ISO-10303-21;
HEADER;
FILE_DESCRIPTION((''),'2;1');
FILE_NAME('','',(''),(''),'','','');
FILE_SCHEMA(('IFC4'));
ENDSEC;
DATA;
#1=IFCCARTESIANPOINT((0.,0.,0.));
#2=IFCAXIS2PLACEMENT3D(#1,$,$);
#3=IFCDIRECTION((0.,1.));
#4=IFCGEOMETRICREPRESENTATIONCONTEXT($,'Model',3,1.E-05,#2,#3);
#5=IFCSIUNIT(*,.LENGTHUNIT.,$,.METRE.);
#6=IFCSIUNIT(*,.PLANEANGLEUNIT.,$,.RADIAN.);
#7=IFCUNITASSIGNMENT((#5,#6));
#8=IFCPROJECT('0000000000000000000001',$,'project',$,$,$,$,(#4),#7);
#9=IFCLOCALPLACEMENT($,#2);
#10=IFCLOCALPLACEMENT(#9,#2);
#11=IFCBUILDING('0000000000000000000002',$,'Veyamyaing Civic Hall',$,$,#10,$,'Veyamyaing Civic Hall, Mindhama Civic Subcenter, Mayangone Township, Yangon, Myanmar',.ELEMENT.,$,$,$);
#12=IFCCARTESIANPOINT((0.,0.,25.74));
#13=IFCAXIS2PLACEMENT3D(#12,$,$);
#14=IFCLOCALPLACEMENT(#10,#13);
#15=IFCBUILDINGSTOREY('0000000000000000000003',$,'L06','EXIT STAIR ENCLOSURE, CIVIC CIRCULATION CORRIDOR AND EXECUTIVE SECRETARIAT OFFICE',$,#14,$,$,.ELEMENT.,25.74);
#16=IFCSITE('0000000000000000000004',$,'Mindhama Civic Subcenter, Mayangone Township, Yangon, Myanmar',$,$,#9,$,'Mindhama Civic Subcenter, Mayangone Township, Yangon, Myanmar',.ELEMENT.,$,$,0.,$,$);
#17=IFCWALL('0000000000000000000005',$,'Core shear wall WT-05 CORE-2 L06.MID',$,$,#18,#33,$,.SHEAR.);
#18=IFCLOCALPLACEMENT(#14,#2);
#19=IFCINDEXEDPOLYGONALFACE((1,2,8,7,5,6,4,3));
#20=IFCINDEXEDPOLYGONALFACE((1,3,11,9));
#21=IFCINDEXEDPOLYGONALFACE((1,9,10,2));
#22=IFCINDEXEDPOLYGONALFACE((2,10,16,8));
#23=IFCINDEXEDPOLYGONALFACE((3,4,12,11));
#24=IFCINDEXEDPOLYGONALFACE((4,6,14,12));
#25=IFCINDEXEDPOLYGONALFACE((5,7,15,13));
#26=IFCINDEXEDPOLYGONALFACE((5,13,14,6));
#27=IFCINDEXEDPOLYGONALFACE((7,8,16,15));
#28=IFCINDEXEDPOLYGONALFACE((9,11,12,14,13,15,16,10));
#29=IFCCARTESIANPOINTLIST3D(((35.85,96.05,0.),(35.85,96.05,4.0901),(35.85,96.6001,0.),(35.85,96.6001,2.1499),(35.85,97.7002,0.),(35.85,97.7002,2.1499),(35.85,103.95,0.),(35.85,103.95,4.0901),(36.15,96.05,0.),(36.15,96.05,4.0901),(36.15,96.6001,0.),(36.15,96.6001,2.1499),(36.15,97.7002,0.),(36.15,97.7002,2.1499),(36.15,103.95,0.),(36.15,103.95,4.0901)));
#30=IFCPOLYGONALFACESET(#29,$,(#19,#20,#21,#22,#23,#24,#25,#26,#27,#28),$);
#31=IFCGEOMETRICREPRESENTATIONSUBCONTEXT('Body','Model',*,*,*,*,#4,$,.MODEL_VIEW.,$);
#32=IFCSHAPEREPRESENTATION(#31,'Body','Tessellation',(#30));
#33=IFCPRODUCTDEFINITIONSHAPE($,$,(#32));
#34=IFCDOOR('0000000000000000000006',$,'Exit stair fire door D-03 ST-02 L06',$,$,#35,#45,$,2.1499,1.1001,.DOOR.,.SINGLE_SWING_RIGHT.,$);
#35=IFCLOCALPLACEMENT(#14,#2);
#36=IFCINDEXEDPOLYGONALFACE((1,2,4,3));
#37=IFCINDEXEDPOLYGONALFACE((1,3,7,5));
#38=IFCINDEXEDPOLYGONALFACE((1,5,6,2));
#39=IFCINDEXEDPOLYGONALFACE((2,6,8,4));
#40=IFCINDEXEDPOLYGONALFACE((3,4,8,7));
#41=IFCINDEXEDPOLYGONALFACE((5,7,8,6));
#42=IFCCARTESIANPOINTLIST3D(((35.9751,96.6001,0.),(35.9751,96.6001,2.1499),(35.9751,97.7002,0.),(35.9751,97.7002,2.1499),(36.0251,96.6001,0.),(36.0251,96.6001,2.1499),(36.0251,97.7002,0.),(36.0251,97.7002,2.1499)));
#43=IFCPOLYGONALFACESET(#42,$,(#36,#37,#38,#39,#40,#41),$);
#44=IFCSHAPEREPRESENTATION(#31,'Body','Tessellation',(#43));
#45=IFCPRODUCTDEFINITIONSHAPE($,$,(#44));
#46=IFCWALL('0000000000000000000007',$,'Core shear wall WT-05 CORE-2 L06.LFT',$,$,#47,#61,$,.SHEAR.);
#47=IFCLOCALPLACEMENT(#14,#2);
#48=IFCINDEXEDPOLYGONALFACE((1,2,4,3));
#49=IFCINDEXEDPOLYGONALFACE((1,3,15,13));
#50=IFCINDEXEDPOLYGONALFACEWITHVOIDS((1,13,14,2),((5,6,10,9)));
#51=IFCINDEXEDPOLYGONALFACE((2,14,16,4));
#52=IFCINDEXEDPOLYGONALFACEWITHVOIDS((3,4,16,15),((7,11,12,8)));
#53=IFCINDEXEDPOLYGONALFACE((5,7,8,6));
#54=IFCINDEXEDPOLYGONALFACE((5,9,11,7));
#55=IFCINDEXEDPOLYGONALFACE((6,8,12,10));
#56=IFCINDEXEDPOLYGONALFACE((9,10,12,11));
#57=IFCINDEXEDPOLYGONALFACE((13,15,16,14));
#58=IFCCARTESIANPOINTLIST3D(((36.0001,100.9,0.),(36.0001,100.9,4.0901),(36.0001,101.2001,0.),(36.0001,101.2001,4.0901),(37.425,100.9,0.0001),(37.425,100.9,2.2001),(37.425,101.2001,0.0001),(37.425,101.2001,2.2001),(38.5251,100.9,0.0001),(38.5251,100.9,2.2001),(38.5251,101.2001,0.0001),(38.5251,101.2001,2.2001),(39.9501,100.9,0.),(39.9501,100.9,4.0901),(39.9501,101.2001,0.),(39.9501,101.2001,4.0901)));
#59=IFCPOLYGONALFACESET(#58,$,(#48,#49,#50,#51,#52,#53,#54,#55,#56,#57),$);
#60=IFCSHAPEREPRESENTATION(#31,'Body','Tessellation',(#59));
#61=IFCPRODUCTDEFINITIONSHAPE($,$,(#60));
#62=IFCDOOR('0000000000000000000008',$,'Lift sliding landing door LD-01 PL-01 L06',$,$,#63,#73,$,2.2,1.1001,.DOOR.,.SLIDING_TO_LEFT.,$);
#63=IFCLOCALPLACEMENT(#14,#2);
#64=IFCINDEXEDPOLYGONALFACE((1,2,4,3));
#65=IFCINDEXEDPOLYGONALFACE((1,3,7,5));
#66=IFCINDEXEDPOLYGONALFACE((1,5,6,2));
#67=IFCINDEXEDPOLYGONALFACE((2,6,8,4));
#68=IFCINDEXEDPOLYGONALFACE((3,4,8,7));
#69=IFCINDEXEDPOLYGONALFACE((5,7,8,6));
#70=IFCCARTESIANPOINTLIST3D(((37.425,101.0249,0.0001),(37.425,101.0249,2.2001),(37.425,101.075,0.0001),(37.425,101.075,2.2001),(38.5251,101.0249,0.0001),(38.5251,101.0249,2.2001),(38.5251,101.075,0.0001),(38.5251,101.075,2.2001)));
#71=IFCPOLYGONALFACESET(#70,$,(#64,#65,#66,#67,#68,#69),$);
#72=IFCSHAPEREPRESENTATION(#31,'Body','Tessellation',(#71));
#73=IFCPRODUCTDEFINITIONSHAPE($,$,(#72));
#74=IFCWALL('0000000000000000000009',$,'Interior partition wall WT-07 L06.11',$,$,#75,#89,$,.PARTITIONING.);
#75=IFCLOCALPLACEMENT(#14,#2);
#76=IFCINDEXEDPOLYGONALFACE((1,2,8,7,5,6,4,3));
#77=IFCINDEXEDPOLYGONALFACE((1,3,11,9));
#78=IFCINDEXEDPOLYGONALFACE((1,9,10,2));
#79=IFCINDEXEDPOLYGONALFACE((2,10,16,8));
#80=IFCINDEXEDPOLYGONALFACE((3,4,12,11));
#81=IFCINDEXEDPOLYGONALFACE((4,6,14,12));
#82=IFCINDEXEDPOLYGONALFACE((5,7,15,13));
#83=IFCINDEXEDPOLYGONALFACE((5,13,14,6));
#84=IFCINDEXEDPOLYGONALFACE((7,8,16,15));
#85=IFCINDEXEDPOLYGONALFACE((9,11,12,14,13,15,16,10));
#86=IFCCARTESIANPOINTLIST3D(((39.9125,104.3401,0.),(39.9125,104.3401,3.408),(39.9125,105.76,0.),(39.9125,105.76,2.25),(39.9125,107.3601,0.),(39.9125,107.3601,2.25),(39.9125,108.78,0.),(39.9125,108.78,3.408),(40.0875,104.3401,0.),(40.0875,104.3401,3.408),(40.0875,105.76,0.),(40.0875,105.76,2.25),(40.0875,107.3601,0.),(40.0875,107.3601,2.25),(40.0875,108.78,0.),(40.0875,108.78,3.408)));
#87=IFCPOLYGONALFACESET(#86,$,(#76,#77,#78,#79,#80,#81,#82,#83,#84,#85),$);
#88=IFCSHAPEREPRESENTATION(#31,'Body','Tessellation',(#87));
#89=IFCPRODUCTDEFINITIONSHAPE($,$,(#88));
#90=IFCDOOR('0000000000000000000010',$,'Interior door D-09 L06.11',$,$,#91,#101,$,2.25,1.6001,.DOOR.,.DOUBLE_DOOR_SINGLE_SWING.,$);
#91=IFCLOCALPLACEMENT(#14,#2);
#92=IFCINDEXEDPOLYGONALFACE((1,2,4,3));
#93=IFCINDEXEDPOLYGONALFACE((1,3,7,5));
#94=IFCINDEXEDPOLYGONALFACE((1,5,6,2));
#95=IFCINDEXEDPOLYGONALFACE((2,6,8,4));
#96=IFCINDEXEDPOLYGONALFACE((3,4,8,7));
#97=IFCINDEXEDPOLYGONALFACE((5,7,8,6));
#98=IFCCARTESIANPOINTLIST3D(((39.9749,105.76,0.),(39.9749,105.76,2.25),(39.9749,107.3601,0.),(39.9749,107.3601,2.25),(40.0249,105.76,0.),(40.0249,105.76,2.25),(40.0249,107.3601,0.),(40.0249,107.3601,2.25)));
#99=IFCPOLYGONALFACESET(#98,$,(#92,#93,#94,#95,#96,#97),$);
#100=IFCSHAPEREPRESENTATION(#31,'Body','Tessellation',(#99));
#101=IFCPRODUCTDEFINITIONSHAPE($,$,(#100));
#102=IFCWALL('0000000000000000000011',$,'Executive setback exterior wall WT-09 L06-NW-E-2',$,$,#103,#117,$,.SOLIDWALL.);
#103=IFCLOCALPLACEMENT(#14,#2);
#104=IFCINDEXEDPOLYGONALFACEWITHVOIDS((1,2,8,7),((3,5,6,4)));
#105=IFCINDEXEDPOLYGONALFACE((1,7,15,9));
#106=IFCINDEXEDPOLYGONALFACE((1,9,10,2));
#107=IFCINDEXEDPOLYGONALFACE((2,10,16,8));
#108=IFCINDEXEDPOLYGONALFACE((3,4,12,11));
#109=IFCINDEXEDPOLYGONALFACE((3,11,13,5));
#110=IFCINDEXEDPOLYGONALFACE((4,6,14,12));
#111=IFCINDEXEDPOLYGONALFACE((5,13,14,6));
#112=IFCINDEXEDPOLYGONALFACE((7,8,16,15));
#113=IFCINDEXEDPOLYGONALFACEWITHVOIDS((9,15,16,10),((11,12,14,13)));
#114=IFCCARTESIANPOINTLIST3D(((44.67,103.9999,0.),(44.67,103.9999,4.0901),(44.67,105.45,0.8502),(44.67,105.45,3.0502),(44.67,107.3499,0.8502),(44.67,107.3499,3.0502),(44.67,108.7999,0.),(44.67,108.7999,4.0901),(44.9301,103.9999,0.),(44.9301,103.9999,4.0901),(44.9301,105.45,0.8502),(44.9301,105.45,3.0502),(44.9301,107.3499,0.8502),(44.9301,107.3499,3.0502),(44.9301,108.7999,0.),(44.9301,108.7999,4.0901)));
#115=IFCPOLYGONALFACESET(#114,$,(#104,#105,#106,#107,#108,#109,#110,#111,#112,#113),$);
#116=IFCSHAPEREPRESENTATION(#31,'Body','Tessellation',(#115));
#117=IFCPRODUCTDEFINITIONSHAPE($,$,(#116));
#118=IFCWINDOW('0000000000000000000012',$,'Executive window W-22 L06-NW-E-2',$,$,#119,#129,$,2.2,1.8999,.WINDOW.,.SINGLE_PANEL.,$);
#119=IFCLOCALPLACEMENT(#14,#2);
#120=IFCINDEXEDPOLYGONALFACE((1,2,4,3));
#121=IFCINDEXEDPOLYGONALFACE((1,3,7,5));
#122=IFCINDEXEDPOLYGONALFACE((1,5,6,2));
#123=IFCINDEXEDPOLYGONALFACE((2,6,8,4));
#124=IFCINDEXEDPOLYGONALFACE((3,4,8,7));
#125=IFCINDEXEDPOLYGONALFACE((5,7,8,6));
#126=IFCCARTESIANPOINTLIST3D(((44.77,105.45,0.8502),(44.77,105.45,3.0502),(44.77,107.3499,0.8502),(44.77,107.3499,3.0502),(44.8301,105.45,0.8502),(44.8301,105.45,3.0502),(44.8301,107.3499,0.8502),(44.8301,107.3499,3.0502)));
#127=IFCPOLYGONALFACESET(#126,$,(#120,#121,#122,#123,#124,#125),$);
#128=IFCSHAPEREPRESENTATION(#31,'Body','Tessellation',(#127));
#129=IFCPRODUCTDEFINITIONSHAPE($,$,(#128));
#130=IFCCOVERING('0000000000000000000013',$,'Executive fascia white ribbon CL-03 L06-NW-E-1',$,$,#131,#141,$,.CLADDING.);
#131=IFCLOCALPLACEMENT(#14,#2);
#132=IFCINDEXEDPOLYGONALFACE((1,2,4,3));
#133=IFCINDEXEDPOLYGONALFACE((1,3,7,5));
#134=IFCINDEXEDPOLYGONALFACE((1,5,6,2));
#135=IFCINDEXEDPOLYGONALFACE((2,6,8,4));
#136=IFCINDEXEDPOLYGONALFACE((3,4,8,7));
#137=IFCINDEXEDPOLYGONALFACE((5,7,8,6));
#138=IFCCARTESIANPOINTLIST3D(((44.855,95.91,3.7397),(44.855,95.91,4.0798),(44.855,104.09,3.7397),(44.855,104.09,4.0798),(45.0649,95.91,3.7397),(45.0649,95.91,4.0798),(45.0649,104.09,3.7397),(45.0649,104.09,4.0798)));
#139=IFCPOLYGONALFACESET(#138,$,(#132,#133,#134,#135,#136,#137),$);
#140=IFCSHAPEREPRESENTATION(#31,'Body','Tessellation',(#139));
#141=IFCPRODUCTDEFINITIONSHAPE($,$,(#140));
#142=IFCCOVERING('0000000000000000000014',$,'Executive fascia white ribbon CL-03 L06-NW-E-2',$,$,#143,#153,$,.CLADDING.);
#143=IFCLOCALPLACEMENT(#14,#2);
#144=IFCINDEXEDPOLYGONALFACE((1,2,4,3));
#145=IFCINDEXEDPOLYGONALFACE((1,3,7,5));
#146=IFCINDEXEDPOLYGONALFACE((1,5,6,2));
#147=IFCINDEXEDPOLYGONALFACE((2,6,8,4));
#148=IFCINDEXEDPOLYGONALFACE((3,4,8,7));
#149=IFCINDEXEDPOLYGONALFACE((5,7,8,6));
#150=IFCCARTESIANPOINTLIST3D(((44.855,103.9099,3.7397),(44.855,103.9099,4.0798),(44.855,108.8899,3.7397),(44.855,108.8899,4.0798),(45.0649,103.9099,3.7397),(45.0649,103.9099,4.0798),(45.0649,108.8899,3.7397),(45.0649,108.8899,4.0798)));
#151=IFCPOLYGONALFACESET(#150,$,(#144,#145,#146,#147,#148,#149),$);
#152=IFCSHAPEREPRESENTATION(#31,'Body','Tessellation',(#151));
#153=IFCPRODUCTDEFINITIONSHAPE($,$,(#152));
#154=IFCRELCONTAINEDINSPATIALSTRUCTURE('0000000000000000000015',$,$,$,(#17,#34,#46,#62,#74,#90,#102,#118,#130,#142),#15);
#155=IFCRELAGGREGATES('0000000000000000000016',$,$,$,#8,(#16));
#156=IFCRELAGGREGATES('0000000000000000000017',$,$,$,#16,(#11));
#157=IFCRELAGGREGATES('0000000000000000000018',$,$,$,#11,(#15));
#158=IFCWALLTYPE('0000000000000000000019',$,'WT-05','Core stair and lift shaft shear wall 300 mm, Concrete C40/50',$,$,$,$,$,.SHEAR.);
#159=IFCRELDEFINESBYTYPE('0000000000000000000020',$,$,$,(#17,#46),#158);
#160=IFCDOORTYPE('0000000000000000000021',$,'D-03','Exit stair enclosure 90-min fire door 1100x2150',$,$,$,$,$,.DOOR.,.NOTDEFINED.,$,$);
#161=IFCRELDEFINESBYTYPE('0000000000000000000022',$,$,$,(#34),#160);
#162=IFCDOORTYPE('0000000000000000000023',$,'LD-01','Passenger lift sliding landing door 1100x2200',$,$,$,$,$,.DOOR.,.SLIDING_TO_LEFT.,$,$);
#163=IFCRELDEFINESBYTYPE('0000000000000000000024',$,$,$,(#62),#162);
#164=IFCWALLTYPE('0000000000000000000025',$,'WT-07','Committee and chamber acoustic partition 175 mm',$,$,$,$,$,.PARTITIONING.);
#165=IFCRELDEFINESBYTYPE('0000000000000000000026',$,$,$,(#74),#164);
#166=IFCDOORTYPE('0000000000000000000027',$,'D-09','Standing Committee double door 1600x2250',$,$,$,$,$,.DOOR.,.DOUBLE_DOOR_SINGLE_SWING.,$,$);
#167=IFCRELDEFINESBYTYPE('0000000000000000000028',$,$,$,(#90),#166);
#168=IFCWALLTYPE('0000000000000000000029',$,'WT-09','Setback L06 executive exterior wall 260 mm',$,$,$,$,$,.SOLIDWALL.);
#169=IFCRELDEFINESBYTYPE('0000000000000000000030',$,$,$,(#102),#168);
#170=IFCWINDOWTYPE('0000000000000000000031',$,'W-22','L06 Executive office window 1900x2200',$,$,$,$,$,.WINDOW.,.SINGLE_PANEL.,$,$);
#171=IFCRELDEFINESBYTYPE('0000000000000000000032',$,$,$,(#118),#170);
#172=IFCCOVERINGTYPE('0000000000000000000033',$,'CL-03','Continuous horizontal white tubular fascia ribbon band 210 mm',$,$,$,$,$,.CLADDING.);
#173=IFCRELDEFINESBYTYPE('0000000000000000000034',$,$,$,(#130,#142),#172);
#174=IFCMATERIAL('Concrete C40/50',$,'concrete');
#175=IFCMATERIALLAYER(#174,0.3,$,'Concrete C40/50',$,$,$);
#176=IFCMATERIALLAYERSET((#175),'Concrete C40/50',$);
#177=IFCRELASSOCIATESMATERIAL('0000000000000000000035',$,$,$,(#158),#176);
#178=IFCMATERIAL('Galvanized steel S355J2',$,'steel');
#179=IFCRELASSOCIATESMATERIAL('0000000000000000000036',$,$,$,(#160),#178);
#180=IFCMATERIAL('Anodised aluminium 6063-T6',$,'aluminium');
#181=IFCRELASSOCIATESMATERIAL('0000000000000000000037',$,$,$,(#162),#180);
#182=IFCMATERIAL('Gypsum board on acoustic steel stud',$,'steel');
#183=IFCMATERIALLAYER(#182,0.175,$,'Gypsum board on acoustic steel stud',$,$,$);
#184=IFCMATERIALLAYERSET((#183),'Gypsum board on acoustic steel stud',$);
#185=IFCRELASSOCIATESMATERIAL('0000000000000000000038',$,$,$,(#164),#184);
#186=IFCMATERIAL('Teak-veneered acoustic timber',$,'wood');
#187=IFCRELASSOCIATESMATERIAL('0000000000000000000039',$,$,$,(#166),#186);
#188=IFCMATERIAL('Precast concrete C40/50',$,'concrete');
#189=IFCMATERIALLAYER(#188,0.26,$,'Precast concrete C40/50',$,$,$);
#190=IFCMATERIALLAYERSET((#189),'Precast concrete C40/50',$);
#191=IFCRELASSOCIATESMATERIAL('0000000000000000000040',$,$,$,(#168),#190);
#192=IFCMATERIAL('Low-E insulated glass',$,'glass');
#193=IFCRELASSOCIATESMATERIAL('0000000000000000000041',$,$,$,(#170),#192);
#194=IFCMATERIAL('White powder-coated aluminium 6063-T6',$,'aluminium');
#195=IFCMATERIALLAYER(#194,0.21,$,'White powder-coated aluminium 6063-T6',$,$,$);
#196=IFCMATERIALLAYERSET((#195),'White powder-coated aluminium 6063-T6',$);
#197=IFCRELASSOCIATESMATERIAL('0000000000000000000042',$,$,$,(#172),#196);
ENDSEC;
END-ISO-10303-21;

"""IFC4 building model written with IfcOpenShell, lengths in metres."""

from ifc_helpers import new_model, si_unit, direction, frame, frame_2d, origin, origin_2d, place, context, subcontext, project, spatial, rectangle, extrude, material, layer, layer_set, type_object, element, fill, save


model = new_model("IFC4")

# Units and contexts
model_context = context("Model", 3, precision=1e-05, world=origin(), true_north=direction((0.0, 1.0)))
body_context = subcontext(model_context, "Body", "Model", "MODEL_VIEW")
ifc_project = project(units=[si_unit("LENGTHUNIT", "METRE"), si_unit("PLANEANGLEUNIT", "RADIAN")], contexts=[model_context])

# Site, building, storey
site_placement = place(None, origin())
site = spatial("IfcSite", under=ifc_project, at=site_placement, Name="Mindhama Civic Subcenter, Mayangone Township, Yangon, Myanmar", LongName="Mindhama Civic Subcenter, Mayangone Township, Yangon, Myanmar", CompositionType="ELEMENT", RefElevation=0.0)
building_placement = place(site_placement, origin())
building = spatial("IfcBuilding", under=site, at=building_placement, Name="Veyamyaing Civic Hall", LongName="Veyamyaing Civic Hall, Mindhama Civic Subcenter, Mayangone Township, Yangon, Myanmar", CompositionType="ELEMENT")
storey_placement = place(building_placement, frame((0.0, 0.0, 25.74)))
storey = spatial("IfcBuildingStorey", under=building, at=storey_placement, Name="L06", Description="EXIT STAIR ENCLOSURE, CIVIC CIRCULATION CORRIDOR AND EXECUTIVE SECRETARIAT OFFICE", CompositionType="ELEMENT", Elevation=25.74)

# Shared definitions
ifc_material_1 = material(Name="Anodised aluminium 6063-T6", Category="aluminium")

# Shared definitions
ifc_material_2 = material(Name="Low-E insulated glass", Category="glass")

# Shared definitions
ifc_material_3 = material(Name="Concrete C40/50", Category="concrete")
ifc_layer_1 = layer(ifc_material_3, 0.3, Name="Concrete C40/50")
ifc_layer_set_1 = layer_set([ifc_layer_1], Name="Concrete C40/50")
wall_type_1 = type_object("IfcWallType", Name="WT-05", Description="Core stair and lift shaft shear wall 300 mm, Concrete C40/50", PredefinedType="SHEAR", material=ifc_layer_set_1)

# Walls, openings, doors
wall_1_placement = place(storey_placement, frame((36.0, 96.05, 0.0), z_axis=(0.0, 0.0, 1.0), x_axis=(0.0, 1.0, 0.0)))
wall_1 = element("IfcWall", 1, at=wall_1_placement, inside=storey, type_object=wall_type_1, Name="Core shear wall WT-05 CORE-2 L06.MID", PredefinedType="SHEAR", context=body_context, shape_type="SweptSolid", body=[
    extrude(rectangle(XDim=7.8999, YDim=0.3, at=frame_2d((3.95, 0.0))), origin(), (0.0, 0.0, 1.0), 4.0901),
])
opening_1_placement = place(wall_1_placement, frame((0.55, 0.0, 0.0)))
opening_1 = element("IfcOpeningElement", 2, at=opening_1_placement, cuts=wall_1, PredefinedType="OPENING", context=body_context, shape_type="SweptSolid", body=[
    extrude(rectangle(XDim=1.1001, YDim=2.1499, at=frame_2d((0.55, 1.075))), frame((0.0, 0.1599, 0.0), z_axis=(0.0, -1.0, 0.0), x_axis=(1.0, 0.0, 0.0)), (0.0, 0.0, 1.0), 0.3201),
])
ifc_material_4 = material(Name="Galvanized steel S355J2", Category="steel")
door_type_1 = type_object("IfcDoorType", Name="D-03", Description="Exit stair enclosure 90-min fire door 1100x2150", OperationType="NOTDEFINED", PredefinedType="DOOR", material=ifc_material_4)
door_1_placement = place(opening_1_placement, origin())
door_1 = element("IfcDoor", 3, at=door_1_placement, inside=storey, type_object=door_type_1, Name="Exit stair fire door D-03 ST-02 L06", OperationType="SINGLE_SWING_RIGHT", OverallHeight=2.1499, OverallWidth=1.1001, PredefinedType="DOOR", context=body_context, shape_type="SweptSolid", body=[
    extrude(rectangle(XDim=1.1001, YDim=2.1499, at=frame_2d((0.55, 1.075))), frame((0.0, 0.0249, 0.0), z_axis=(0.0, -1.0, 0.0), x_axis=(1.0, 0.0, 0.0)), (0.0, 0.0, 1.0), 0.05),
])
fill(opening_1, door_1)
wall_2_placement = place(storey_placement, frame((36.0, 101.05, 0.0), z_axis=(0.0, 0.0, 1.0), x_axis=(1.0, 0.0, 0.0)))
wall_2 = element("IfcWall", 4, at=wall_2_placement, inside=storey, type_object=wall_type_1, Name="Core shear wall WT-05 CORE-2 L06.LFT", PredefinedType="SHEAR", context=body_context, shape_type="SweptSolid", body=[
    extrude(rectangle(XDim=3.95, YDim=0.3, at=frame_2d((1.9751, 0.0))), origin(), (0.0, 0.0, 1.0), 4.0901),
])
opening_2_placement = place(wall_2_placement, frame((1.425, 0.0, 0.0)))
opening_2 = element("IfcOpeningElement", 5, at=opening_2_placement, cuts=wall_2, PredefinedType="OPENING", context=body_context, shape_type="SweptSolid", body=[
    extrude(rectangle(XDim=1.1001, YDim=2.2, at=frame_2d((0.55, 1.1001))), frame((0.0, 0.1599, 0.0), z_axis=(0.0, -1.0, 0.0), x_axis=(1.0, 0.0, 0.0)), (0.0, 0.0, 1.0), 0.3201),
])
door_type_2 = type_object("IfcDoorType", Name="LD-01", Description="Passenger lift sliding landing door 1100x2200", OperationType="SLIDING_TO_LEFT", PredefinedType="DOOR", material=ifc_material_1)
door_2_placement = place(opening_2_placement, origin())
door_2 = element("IfcDoor", 6, at=door_2_placement, inside=storey, type_object=door_type_2, Name="Lift sliding landing door LD-01 PL-01 L06", OperationType="SLIDING_TO_LEFT", OverallHeight=2.2, OverallWidth=1.1001, PredefinedType="DOOR", context=body_context, shape_type="SweptSolid", body=[
    extrude(rectangle(XDim=1.1001, YDim=2.2, at=frame_2d((0.55, 1.1001))), frame((0.0, 0.0249, 0.0), z_axis=(0.0, -1.0, 0.0), x_axis=(1.0, 0.0, 0.0)), (0.0, 0.0, 1.0), 0.05),
])
fill(opening_2, door_2)
ifc_material_5 = material(Name="Gypsum board on acoustic steel stud", Category="steel")
ifc_layer_2 = layer(ifc_material_5, 0.175, Name="Gypsum board on acoustic steel stud")
ifc_layer_set_2 = layer_set([ifc_layer_2], Name="Gypsum board on acoustic steel stud")
wall_type_2 = type_object("IfcWallType", Name="WT-07", Description="Committee and chamber acoustic partition 175 mm", PredefinedType="PARTITIONING", material=ifc_layer_set_2)
wall_3_placement = place(storey_placement, frame((40.0, 104.3401, 0.0), z_axis=(0.0, 0.0, 1.0), x_axis=(0.0, 1.0, 0.0)))
wall_3 = element("IfcWall", 7, at=wall_3_placement, inside=storey, type_object=wall_type_2, Name="Interior partition wall WT-07 L06.11", PredefinedType="PARTITIONING", context=body_context, shape_type="SweptSolid", body=[
    extrude(rectangle(XDim=4.4399, YDim=0.175, at=frame_2d((2.22, 0.0))), origin(), (0.0, 0.0, 1.0), 3.408),
])
opening_3_placement = place(wall_3_placement, frame((1.4199, 0.0, 0.0)))
opening_3 = element("IfcOpeningElement", 8, at=opening_3_placement, cuts=wall_3, PredefinedType="OPENING", context=body_context, shape_type="SweptSolid", body=[
    extrude(rectangle(XDim=1.6001, YDim=2.25, at=frame_2d((0.8, 1.125))), frame((0.0, 0.0974, 0.0), z_axis=(0.0, -1.0, 0.0), x_axis=(1.0, 0.0, 0.0)), (0.0, 0.0, 1.0), 0.1951),
])
ifc_material_6 = material(Name="Teak-veneered acoustic timber", Category="wood")
door_type_3 = type_object("IfcDoorType", Name="D-09", Description="Standing Committee double door 1600x2250", OperationType="DOUBLE_DOOR_SINGLE_SWING", PredefinedType="DOOR", material=ifc_material_6)
door_3_placement = place(opening_3_placement, frame((1.6001, 0.0, 0.0), z_axis=(0.0, 0.0, 1.0), x_axis=(-1.0, 0.0, 0.0)))
door_3 = element("IfcDoor", 9, at=door_3_placement, inside=storey, type_object=door_type_3, Name="Interior door D-09 L06.11", OperationType="DOUBLE_DOOR_SINGLE_SWING", OverallHeight=2.25, OverallWidth=1.6001, PredefinedType="DOOR", context=body_context, shape_type="SweptSolid", body=[
    extrude(rectangle(XDim=1.6001, YDim=2.25, at=frame_2d((0.8, 1.125))), frame((0.0, 0.0249, 0.0), z_axis=(0.0, -1.0, 0.0), x_axis=(1.0, 0.0, 0.0)), (0.0, 0.0, 1.0), 0.05),
])
fill(opening_3, door_3)

# Wall, opening, window
ifc_material_7 = material(Name="Precast concrete C40/50", Category="concrete")
ifc_layer_3 = layer(ifc_material_7, 0.26, Name="Precast concrete C40/50")
ifc_layer_set_3 = layer_set([ifc_layer_3], Name="Precast concrete C40/50")
wall_type_3 = type_object("IfcWallType", Name="WT-09", Description="Setback L06 executive exterior wall 260 mm", PredefinedType="SOLIDWALL", material=ifc_layer_set_3)
wall_4_placement = place(storey_placement, frame((44.8, 104.0, 0.0), z_axis=(0.0, 0.0, 1.0), x_axis=(0.0, 1.0, 0.0)))
wall_4 = element("IfcWall", 10, at=wall_4_placement, inside=storey, type_object=wall_type_3, Name="Executive setback exterior wall WT-09 L06-NW-E-2", PredefinedType="SOLIDWALL", context=body_context, shape_type="SweptSolid", body=[
    extrude(rectangle(XDim=4.8, YDim=0.26, at=frame_2d((2.3999, 0.0))), origin(), (0.0, 0.0, 1.0), 4.0901),
])
opening_4_placement = place(wall_4_placement, frame((1.45, 0.0, 0.8501)))
opening_4 = element("IfcOpeningElement", 11, at=opening_4_placement, cuts=wall_4, PredefinedType="OPENING", context=body_context, shape_type="SweptSolid", body=[
    extrude(rectangle(XDim=1.8999, YDim=2.2, at=frame_2d((0.95, 1.1001))), frame((0.0, 0.1399, 0.0), z_axis=(0.0, -1.0, 0.0), x_axis=(1.0, 0.0, 0.0)), (0.0, 0.0, 1.0), 0.28),
])
window_type = type_object("IfcWindowType", Name="W-22", Description="L06 Executive office window 1900x2200", PartitioningType="SINGLE_PANEL", PredefinedType="WINDOW", material=ifc_material_2)
window_placement = place(opening_4_placement, origin())
window = element("IfcWindow", 12, at=window_placement, inside=storey, type_object=window_type, Name="Executive window W-22 L06-NW-E-2", OverallHeight=2.2, OverallWidth=1.8999, PartitioningType="SINGLE_PANEL", PredefinedType="WINDOW", context=body_context, shape_type="SweptSolid", body=[
    extrude(rectangle(XDim=1.8999, YDim=2.2, at=frame_2d((0.95, 1.1001))), frame((0.0, 0.03, 0.0), z_axis=(0.0, -1.0, 0.0), x_axis=(1.0, 0.0, 0.0)), (0.0, 0.0, 1.0), 0.0601),
])
fill(opening_4, window)

# Coverings
ifc_material_8 = material(Name="White powder-coated aluminium 6063-T6", Category="aluminium")
ifc_layer_4 = layer(ifc_material_8, 0.21, Name="White powder-coated aluminium 6063-T6")
ifc_layer_set_4 = layer_set([ifc_layer_4], Name="White powder-coated aluminium 6063-T6")
covering_type = type_object("IfcCoveringType", Name="CL-03", Description="Continuous horizontal white tubular fascia ribbon band 210 mm", PredefinedType="CLADDING", material=ifc_layer_set_4)
covering_1_placement = place(storey_placement, frame((44.96, 100.0, 3.7397), z_axis=(0.0, 0.0, 1.0), x_axis=(0.0, 1.0, 0.0)))
element("IfcCovering", 13, at=covering_1_placement, inside=storey, type_object=covering_type, Name="Executive fascia white ribbon CL-03 L06-NW-E-1", PredefinedType="CLADDING", context=body_context, shape_type="SweptSolid", body=[
    extrude(rectangle(XDim=8.1799, YDim=0.21, at=origin_2d()), origin(), (0.0, 0.0, 1.0), 0.3401),
])
covering_2_placement = place(storey_placement, frame((44.96, 106.3999, 3.7397), z_axis=(0.0, 0.0, 1.0), x_axis=(0.0, 1.0, 0.0)))
element("IfcCovering", 14, at=covering_2_placement, inside=storey, type_object=covering_type, Name="Executive fascia white ribbon CL-03 L06-NW-E-2", PredefinedType="CLADDING", context=body_context, shape_type="SweptSolid", body=[
    extrude(rectangle(XDim=4.98, YDim=0.21, at=origin_2d()), origin(), (0.0, 0.0, 1.0), 0.3401),
])

save(model, "model.ifc")
